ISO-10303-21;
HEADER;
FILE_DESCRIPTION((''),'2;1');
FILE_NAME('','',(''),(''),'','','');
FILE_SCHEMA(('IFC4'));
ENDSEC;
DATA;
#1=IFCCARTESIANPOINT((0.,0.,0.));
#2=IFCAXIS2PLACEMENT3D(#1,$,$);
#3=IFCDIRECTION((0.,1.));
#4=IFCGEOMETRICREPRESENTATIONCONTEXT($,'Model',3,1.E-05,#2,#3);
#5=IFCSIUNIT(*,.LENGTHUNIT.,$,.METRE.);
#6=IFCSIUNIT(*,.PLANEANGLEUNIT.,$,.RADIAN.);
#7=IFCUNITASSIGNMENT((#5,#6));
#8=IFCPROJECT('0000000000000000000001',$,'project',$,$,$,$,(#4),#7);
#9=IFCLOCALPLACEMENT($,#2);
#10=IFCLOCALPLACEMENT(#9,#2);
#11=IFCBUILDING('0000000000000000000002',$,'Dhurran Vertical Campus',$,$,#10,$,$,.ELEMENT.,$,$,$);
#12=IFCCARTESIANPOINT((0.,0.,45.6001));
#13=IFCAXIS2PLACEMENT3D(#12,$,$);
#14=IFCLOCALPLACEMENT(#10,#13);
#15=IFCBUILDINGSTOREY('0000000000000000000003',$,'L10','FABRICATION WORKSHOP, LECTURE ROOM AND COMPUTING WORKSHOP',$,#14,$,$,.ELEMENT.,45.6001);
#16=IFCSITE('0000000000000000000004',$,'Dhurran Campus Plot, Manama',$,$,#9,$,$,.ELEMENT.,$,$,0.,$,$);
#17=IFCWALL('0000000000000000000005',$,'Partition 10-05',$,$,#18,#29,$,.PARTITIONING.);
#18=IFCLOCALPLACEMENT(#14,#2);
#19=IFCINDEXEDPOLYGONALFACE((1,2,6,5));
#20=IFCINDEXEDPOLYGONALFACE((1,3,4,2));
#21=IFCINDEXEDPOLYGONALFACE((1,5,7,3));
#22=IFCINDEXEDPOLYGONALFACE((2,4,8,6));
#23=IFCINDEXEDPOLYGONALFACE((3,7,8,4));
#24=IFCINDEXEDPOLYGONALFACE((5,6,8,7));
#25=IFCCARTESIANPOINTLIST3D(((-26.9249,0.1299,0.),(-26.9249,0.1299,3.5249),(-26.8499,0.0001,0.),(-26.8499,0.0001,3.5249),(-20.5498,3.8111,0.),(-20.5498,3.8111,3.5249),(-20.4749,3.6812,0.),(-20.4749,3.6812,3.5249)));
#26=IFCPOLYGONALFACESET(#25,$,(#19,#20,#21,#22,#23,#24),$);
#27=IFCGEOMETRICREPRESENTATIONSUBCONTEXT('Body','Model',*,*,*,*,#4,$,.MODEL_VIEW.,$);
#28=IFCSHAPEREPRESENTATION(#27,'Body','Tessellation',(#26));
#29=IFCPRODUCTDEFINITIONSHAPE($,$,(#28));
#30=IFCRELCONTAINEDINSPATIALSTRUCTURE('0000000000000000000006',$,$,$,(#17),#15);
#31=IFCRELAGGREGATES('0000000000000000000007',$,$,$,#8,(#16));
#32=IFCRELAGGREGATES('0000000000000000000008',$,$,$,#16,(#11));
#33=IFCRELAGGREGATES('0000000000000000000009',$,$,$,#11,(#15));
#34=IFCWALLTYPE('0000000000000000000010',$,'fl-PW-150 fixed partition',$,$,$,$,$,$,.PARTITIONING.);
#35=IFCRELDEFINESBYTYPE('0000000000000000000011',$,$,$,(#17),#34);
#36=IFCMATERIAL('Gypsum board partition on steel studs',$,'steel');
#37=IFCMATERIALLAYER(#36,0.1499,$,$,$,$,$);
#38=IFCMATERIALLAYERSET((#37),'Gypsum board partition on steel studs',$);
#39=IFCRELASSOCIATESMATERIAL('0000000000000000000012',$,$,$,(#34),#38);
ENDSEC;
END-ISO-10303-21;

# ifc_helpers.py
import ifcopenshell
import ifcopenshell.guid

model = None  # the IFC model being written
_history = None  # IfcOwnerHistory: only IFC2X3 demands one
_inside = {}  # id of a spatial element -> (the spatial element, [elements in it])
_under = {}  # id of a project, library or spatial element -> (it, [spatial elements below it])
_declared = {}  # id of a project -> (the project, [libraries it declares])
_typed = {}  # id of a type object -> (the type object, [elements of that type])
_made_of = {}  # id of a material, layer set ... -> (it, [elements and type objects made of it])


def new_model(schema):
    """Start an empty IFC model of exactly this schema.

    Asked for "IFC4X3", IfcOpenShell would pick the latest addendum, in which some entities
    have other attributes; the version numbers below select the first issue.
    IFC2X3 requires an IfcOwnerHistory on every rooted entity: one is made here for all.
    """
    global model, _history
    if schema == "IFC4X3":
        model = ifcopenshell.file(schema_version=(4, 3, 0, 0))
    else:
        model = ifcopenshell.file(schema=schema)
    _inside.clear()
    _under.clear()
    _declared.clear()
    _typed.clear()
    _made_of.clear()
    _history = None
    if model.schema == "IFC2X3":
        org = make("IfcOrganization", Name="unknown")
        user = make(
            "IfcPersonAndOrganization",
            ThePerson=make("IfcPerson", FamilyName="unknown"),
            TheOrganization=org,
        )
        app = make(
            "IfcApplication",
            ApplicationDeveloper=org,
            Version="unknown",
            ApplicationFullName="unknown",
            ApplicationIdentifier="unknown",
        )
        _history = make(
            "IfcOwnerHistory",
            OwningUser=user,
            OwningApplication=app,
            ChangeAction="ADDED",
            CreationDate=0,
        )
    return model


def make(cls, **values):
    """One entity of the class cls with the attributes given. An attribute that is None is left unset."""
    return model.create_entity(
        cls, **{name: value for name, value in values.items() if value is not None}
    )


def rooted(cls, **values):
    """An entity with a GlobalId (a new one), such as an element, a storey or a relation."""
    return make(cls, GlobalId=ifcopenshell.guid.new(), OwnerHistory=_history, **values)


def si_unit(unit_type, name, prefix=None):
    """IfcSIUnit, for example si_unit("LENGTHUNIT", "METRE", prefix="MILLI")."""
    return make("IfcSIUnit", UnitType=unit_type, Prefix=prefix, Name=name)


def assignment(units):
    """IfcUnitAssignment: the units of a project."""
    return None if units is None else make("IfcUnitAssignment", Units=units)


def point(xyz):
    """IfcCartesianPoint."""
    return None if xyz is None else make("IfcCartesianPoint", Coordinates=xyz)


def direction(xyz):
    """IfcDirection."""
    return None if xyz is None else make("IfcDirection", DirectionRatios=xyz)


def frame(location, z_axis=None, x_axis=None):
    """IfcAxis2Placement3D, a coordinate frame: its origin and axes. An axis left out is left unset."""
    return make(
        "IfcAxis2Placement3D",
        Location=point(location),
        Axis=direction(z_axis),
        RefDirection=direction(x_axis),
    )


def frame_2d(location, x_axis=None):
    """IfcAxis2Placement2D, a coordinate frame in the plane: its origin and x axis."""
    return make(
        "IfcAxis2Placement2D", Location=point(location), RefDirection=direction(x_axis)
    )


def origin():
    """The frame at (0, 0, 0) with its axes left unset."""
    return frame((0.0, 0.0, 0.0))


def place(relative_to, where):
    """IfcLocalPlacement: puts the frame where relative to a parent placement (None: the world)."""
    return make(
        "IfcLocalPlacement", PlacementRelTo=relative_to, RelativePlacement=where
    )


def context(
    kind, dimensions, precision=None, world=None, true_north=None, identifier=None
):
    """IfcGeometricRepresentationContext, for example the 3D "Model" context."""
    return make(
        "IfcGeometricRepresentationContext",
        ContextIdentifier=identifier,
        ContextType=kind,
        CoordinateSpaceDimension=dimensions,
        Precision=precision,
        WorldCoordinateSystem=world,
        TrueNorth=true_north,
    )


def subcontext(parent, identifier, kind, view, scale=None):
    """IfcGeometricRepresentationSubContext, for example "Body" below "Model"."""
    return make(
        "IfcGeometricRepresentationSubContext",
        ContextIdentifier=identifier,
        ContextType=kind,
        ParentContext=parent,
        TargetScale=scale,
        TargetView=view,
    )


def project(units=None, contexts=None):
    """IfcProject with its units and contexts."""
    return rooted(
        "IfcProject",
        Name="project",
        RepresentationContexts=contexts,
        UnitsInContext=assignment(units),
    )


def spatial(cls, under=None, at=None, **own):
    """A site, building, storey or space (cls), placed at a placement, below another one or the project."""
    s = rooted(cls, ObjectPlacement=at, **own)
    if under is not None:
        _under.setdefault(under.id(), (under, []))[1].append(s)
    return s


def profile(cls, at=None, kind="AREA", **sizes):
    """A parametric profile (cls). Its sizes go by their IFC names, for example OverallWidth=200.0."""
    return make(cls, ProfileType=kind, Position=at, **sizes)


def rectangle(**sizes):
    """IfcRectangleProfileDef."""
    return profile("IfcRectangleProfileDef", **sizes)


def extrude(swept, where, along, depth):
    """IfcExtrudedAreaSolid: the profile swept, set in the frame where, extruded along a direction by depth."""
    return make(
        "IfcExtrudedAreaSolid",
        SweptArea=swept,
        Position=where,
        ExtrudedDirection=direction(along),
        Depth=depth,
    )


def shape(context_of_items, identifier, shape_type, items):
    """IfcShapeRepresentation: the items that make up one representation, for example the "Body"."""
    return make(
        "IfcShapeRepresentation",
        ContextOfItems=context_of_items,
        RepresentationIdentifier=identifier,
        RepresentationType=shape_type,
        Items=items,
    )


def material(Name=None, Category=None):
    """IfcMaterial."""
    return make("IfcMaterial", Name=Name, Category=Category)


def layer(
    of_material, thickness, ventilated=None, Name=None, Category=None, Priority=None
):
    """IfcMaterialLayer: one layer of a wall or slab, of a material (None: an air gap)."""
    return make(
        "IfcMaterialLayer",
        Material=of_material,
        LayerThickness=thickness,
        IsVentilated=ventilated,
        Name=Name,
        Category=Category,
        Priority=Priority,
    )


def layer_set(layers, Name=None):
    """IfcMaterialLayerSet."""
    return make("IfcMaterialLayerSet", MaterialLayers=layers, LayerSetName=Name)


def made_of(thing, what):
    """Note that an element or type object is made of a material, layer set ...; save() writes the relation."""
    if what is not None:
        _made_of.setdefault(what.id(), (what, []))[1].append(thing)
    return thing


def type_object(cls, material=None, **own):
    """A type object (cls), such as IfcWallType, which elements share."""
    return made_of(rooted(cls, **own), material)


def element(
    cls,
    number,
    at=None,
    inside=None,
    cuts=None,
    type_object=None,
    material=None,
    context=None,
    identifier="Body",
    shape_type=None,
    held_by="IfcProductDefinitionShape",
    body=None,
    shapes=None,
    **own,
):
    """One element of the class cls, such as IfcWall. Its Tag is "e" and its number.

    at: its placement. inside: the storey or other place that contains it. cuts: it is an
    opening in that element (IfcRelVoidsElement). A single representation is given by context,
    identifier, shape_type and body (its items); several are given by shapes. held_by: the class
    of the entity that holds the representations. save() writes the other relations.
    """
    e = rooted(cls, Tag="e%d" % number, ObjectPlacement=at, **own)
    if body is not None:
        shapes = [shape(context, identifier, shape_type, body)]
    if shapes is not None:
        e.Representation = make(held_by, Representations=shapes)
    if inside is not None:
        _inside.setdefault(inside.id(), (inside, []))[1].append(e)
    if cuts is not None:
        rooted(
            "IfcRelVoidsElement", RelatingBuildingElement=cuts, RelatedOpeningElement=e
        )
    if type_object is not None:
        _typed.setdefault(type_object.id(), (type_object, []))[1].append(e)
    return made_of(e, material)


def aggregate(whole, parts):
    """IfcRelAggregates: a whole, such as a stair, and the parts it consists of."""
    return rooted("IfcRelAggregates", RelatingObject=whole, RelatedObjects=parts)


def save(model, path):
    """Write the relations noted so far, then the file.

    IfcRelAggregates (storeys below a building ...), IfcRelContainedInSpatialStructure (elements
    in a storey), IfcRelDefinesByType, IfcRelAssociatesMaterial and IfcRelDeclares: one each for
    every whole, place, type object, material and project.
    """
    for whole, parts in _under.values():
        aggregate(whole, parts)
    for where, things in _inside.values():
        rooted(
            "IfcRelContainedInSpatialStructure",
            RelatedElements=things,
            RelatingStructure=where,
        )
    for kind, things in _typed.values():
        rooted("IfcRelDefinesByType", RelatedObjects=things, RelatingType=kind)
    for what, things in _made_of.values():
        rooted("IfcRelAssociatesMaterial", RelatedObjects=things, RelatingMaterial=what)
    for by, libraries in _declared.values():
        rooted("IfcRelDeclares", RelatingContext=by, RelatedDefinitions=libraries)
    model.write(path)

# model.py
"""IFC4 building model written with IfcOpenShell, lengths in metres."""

from ifc_helpers import new_model, si_unit, direction, frame, frame_2d, origin, place, context, subcontext, project, spatial, rectangle, extrude, material, layer, layer_set, type_object, element, save


model = new_model("IFC4")

# Units and contexts
model_context = context("Model", 3, precision=1e-05, world=origin(), true_north=direction((0.0, 1.0)))
body_context = subcontext(model_context, "Body", "Model", "MODEL_VIEW")
ifc_project = project(units=[si_unit("LENGTHUNIT", "METRE"), si_unit("PLANEANGLEUNIT", "RADIAN")], contexts=[model_context])

# Site, building, storey
site_placement = place(None, origin())
site = spatial("IfcSite", under=ifc_project, at=site_placement, Name="Dhurran Campus Plot, Manama", CompositionType="ELEMENT", RefElevation=0.0)
building_placement = place(site_placement, origin())
building = spatial("IfcBuilding", under=site, at=building_placement, Name="Dhurran Vertical Campus", CompositionType="ELEMENT")
storey_placement = place(building_placement, frame((0.0, 0.0, 45.6001)))
storey = spatial("IfcBuildingStorey", under=building, at=storey_placement, Name="L10", Description="FABRICATION WORKSHOP, LECTURE ROOM AND COMPUTING WORKSHOP", CompositionType="ELEMENT", Elevation=45.6001)

# Wall
ifc_material_1 = material(Name="Gypsum board partition on steel studs", Category="steel")
ifc_layer_1 = layer(ifc_material_1, 0.1499)
ifc_layer_set_1 = layer_set([ifc_layer_1], Name="Gypsum board partition on steel studs")
wall_type_1 = type_object("IfcWallType", Name="fl-PW-150 fixed partition", PredefinedType="PARTITIONING", material=ifc_layer_set_1)
wall_1_placement = place(storey_placement, frame((-20.5125, 3.7461, 0.0), z_axis=(0.0, 0.0, 1.0), x_axis=(-0.865993, -0.500055, 0.0)))
element("IfcWall", 1, at=wall_1_placement, inside=storey, type_object=wall_type_1, Name="Partition 10-05", PredefinedType="PARTITIONING", context=body_context, shape_type="SweptSolid", body=[
    extrude(rectangle(XDim=7.3616, YDim=0.1499, at=frame_2d((3.6807, 0.0))), origin(), (0.0, 0.0, 1.0), 3.5249),
])

save(model, "model.ifc")
